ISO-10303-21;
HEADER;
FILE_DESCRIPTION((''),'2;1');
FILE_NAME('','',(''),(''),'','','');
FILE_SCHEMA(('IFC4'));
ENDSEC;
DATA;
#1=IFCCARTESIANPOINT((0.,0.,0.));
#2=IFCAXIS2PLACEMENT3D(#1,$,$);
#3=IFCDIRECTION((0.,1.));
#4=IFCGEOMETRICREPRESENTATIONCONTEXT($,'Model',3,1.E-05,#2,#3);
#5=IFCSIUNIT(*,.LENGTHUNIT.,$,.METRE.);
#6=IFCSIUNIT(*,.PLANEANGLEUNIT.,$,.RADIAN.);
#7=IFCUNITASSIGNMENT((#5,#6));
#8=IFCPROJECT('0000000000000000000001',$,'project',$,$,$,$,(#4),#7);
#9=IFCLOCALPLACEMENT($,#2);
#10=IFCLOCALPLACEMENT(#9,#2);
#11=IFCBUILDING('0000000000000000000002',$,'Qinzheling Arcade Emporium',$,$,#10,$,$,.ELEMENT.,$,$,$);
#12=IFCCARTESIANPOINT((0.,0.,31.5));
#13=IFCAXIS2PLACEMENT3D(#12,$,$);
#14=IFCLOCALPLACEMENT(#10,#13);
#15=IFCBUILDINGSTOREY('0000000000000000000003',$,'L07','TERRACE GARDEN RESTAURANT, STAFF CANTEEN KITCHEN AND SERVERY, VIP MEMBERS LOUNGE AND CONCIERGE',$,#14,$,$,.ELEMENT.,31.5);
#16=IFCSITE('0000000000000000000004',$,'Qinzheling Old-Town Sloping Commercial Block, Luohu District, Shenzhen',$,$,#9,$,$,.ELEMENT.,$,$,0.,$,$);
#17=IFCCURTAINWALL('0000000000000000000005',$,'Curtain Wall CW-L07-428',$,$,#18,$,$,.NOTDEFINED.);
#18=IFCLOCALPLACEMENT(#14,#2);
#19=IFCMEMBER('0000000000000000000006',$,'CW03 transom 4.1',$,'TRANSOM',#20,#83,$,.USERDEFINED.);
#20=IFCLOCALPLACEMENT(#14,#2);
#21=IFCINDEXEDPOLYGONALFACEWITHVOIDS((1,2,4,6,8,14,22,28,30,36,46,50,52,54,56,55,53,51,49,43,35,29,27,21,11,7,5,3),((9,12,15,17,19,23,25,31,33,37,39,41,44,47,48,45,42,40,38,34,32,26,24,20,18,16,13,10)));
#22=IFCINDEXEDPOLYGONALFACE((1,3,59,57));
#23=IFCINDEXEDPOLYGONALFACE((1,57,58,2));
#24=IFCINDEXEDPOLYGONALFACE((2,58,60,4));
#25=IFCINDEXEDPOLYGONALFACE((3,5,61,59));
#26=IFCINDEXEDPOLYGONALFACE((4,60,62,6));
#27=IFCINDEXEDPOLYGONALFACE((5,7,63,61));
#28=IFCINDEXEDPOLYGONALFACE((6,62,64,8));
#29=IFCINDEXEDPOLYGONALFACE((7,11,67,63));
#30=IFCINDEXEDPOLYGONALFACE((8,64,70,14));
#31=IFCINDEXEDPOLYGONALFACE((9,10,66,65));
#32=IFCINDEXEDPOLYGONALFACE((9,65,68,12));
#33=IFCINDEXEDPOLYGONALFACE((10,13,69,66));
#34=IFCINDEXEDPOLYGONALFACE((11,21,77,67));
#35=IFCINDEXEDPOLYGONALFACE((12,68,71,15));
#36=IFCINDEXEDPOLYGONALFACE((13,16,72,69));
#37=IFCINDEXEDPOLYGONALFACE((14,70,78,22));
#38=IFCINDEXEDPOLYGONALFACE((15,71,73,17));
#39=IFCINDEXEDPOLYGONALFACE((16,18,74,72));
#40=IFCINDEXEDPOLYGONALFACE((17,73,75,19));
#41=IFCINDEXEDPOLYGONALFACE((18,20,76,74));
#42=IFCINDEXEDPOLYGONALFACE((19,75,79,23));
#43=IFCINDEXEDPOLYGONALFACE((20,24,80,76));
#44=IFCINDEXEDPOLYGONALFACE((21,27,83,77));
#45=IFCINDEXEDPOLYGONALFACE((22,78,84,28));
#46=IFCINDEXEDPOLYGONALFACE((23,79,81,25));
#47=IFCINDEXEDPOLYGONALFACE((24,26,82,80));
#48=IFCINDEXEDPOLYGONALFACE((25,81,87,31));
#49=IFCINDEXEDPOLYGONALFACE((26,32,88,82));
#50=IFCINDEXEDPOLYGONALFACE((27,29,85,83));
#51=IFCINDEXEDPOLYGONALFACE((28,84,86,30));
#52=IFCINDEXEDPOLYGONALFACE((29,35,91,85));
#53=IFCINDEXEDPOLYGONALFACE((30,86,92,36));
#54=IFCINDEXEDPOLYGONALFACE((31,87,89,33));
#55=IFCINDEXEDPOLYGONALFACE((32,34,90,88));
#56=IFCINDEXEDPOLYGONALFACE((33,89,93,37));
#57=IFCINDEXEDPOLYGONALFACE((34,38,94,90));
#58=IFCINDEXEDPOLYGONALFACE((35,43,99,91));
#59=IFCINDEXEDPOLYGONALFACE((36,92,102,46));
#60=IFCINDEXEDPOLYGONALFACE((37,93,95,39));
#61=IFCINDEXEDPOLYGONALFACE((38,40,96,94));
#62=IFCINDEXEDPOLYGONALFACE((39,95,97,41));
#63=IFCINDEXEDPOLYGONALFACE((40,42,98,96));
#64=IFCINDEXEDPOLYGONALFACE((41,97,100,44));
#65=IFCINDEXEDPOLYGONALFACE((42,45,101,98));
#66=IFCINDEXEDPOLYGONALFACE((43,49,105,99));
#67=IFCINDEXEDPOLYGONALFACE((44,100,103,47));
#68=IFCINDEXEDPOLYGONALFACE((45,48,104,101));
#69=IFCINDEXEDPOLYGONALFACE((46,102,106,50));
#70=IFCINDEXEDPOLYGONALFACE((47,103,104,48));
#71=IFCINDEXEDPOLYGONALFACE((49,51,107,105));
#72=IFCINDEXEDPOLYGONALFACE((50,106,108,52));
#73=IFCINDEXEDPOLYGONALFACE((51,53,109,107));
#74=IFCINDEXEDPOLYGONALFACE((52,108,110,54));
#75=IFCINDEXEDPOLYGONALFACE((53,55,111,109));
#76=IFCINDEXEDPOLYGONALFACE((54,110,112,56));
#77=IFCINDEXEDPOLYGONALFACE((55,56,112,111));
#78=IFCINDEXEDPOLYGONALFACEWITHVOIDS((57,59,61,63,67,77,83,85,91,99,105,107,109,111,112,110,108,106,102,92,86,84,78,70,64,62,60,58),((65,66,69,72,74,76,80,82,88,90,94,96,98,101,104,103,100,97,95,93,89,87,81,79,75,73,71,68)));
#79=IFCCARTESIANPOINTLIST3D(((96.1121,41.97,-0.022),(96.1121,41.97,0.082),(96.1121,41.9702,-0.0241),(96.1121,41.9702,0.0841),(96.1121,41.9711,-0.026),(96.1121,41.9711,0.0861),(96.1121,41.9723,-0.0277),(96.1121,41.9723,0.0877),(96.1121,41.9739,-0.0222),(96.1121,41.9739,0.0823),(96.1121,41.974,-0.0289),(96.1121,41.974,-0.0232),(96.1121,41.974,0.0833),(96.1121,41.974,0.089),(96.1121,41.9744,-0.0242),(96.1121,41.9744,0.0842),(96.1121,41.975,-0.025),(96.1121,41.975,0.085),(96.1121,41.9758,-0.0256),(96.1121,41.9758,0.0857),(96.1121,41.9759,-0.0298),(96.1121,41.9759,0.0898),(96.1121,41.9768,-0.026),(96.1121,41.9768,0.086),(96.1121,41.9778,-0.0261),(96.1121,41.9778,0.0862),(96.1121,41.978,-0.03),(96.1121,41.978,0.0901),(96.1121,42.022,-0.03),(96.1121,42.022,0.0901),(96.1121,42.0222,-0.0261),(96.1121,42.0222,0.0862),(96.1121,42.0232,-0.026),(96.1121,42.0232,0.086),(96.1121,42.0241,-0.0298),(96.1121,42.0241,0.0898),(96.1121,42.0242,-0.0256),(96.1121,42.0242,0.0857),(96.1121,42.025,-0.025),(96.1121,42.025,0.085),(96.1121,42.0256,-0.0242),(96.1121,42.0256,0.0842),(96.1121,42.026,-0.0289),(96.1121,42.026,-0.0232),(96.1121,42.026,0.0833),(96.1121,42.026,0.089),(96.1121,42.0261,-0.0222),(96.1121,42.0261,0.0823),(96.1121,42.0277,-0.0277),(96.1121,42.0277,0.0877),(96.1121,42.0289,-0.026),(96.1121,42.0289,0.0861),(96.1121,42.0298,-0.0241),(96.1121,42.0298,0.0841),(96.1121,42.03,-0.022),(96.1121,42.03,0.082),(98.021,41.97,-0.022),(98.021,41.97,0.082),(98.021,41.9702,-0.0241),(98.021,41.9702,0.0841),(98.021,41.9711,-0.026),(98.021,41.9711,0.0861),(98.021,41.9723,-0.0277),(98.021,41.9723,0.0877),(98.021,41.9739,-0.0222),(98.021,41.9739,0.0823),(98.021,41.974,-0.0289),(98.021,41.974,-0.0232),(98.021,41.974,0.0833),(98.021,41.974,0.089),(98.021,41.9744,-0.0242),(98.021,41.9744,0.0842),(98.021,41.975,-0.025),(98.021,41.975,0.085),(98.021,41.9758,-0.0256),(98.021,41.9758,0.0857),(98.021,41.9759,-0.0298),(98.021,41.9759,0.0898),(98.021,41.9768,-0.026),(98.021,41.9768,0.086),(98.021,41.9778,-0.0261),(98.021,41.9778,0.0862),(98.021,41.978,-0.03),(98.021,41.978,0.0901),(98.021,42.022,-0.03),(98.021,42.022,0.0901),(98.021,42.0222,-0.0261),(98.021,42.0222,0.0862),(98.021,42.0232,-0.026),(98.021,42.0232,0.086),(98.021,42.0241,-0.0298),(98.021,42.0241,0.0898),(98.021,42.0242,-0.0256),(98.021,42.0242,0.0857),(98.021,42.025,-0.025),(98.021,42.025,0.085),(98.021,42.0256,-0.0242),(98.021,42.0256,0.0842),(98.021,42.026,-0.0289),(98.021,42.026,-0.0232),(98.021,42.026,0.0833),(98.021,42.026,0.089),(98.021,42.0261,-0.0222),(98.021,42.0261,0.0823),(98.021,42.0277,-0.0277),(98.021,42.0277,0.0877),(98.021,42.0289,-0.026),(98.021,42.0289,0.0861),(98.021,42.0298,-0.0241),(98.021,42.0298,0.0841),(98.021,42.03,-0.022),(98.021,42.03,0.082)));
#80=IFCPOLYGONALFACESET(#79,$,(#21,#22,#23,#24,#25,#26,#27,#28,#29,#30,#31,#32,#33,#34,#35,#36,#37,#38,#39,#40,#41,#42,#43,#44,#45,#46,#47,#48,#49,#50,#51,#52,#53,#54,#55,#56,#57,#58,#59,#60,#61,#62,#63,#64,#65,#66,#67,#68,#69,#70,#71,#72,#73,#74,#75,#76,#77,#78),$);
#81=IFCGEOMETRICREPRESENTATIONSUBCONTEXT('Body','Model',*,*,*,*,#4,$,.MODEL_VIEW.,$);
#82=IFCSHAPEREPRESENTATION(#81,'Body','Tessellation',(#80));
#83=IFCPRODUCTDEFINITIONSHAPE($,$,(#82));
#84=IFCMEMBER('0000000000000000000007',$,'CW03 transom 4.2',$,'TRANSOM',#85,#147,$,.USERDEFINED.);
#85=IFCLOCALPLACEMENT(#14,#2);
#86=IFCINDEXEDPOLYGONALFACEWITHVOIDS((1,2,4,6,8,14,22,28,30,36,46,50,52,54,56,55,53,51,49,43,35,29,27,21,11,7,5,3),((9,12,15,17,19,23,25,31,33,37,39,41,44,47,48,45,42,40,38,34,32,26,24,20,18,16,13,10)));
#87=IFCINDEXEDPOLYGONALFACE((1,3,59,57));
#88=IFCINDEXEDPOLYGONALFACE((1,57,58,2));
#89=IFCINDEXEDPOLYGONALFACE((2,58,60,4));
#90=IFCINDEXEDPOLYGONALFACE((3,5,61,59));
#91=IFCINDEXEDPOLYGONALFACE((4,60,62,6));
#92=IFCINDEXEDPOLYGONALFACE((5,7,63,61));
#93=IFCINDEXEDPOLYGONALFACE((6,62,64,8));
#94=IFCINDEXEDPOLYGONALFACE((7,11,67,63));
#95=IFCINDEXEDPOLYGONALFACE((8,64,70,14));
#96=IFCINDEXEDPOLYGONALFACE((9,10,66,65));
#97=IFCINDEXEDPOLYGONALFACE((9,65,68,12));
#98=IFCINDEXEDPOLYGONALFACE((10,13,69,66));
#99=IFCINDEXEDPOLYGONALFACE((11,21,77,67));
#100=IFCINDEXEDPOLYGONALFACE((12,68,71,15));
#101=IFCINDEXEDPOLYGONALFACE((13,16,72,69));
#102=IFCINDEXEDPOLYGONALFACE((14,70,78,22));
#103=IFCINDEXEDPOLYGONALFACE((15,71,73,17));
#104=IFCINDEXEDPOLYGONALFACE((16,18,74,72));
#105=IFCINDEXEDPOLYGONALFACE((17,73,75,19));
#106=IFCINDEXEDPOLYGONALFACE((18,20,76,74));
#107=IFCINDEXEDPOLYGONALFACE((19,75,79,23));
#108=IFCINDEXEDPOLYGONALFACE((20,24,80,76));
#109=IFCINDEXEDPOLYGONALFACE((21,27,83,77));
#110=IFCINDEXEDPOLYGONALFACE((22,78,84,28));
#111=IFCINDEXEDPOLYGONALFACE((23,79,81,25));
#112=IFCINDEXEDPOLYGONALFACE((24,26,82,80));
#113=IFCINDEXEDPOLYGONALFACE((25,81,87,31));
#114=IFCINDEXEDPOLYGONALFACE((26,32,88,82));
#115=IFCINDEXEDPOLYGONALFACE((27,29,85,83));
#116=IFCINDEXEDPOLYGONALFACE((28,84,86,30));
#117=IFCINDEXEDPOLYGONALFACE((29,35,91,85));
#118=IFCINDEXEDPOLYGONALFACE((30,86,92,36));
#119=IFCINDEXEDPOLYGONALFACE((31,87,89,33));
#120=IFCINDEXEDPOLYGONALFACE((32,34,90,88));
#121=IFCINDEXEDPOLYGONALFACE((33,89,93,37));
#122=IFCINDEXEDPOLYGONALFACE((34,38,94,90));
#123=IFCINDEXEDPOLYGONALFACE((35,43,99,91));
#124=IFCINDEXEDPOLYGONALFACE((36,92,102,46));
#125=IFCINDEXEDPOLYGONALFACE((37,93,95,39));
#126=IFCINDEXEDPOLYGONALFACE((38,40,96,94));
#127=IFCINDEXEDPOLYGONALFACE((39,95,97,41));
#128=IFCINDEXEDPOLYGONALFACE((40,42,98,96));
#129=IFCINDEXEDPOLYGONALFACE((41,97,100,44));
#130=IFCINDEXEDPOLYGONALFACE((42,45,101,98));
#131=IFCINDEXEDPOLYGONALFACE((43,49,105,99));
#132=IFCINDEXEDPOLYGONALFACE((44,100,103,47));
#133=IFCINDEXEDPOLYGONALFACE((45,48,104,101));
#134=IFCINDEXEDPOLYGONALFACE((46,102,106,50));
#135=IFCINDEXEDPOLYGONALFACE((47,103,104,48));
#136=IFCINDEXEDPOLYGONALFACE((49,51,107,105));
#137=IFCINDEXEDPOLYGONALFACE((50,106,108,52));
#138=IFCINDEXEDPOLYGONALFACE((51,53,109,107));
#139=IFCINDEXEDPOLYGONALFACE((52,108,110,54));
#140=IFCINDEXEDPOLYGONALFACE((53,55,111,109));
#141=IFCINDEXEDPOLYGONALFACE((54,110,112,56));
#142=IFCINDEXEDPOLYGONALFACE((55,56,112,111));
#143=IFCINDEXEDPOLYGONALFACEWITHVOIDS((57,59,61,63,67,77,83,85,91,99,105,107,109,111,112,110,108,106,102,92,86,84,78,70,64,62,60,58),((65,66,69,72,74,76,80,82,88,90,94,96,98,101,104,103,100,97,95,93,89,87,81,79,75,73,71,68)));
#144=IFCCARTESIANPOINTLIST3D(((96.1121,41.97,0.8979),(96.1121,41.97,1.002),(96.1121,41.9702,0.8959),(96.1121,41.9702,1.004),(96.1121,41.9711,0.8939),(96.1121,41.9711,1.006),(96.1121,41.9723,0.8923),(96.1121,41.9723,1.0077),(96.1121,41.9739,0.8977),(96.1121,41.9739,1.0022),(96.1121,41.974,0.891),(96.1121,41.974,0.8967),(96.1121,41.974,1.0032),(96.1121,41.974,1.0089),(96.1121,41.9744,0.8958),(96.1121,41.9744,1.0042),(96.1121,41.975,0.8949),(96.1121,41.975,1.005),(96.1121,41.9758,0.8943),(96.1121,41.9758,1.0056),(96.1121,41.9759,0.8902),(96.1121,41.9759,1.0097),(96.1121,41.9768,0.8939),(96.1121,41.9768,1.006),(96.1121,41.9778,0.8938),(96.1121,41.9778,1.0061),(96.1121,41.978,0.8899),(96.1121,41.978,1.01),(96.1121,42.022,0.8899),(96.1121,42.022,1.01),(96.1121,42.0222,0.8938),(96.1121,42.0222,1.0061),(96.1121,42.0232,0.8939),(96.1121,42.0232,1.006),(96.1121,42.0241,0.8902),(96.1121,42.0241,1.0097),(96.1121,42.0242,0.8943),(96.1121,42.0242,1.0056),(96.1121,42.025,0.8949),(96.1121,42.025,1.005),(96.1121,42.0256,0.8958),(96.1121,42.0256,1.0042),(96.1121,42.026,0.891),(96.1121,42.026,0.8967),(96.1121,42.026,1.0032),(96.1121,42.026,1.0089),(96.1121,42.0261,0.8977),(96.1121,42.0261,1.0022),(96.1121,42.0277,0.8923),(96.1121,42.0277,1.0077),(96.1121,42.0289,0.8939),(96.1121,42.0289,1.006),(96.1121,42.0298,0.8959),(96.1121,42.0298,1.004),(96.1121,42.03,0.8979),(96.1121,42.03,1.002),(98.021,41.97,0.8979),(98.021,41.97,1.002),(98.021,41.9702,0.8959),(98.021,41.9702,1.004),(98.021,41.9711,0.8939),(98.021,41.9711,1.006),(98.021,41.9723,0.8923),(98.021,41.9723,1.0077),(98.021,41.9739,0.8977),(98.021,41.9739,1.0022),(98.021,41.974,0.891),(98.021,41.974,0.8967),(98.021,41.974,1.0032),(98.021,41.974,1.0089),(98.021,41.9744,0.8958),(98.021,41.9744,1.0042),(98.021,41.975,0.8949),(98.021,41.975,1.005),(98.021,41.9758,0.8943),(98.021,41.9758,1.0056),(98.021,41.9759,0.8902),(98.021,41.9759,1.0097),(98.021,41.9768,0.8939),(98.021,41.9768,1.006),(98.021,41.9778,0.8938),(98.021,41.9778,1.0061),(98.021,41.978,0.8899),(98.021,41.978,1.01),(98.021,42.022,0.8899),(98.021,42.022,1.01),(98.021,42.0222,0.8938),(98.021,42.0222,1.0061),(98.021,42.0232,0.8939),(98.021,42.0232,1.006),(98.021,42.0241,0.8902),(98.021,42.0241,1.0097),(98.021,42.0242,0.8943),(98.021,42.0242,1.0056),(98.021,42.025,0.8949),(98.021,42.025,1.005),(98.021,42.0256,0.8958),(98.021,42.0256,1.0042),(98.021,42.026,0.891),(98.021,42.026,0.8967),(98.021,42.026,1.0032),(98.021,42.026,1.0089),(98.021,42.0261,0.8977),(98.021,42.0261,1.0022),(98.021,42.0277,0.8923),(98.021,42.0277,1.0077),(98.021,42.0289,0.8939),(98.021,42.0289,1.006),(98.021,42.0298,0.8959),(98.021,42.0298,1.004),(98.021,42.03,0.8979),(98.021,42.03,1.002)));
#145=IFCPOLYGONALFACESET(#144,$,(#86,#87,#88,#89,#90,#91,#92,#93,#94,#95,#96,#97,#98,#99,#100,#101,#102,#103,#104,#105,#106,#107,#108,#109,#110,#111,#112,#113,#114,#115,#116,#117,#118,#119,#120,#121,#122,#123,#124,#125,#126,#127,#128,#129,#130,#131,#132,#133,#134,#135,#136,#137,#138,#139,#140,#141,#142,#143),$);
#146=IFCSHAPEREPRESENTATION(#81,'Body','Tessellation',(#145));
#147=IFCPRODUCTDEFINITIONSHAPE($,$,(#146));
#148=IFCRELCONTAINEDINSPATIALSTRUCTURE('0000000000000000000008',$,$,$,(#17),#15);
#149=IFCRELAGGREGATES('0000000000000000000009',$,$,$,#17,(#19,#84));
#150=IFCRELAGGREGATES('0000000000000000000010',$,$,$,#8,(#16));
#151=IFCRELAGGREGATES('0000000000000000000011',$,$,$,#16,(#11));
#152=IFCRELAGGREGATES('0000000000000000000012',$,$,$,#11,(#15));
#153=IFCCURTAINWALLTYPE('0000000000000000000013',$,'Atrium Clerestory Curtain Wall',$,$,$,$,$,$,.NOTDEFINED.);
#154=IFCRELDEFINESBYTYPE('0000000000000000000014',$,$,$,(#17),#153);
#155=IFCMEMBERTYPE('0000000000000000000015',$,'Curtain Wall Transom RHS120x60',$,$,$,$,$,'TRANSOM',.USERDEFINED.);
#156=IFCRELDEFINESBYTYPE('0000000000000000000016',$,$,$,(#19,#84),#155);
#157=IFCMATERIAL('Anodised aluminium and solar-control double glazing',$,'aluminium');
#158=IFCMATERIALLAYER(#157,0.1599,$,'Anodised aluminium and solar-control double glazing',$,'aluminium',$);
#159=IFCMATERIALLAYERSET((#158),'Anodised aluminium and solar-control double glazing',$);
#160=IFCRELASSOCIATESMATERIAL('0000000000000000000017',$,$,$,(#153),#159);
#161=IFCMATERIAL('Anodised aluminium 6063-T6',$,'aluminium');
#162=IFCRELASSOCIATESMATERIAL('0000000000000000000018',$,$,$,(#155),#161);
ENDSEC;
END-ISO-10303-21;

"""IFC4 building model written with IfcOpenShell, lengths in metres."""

from ifc_helpers import new_model, si_unit, direction, frame, origin, origin_2d, place, context, subcontext, project, spatial, hollow_rectangle, extrude, material, layer, layer_set, material_profile, profile_set, type_object, element, aggregate, save


model = new_model("IFC4")

# Units and contexts
model_context = context("Model", 3, precision=1e-05, world=origin(), true_north=direction((0.0, 1.0)))
body_context = subcontext(model_context, "Body", "Model", "MODEL_VIEW")
ifc_project = project(units=[si_unit("LENGTHUNIT", "METRE"), si_unit("PLANEANGLEUNIT", "RADIAN")], contexts=[model_context])

# Site, building, storey
site_placement = place(None, origin())
site = spatial("IfcSite", under=ifc_project, at=site_placement, Name="Qinzheling Old-Town Sloping Commercial Block, Luohu District, Shenzhen", CompositionType="ELEMENT", RefElevation=0.0)
building_placement = place(site_placement, origin())
building = spatial("IfcBuilding", under=site, at=building_placement, Name="Qinzheling Arcade Emporium", CompositionType="ELEMENT")
storey_placement = place(building_placement, frame((0.0, 0.0, 31.5)))
storey = spatial("IfcBuildingStorey", under=building, at=storey_placement, Name="L07", Description="TERRACE GARDEN RESTAURANT, STAFF CANTEEN KITCHEN AND SERVERY, VIP MEMBERS LOUNGE AND CONCIERGE", CompositionType="ELEMENT", Elevation=31.5)

# Curtain wall
ifc_material_1 = material(Name="Anodised aluminium and solar-control double glazing", Category="aluminium")
ifc_layer_1 = layer(ifc_material_1, 0.1599, Name="Anodised aluminium and solar-control double glazing", Category="aluminium")
ifc_layer_set_1 = layer_set([ifc_layer_1], Name="Anodised aluminium and solar-control double glazing")
curtain_wall_type = type_object("IfcCurtainWallType", Name="Atrium Clerestory Curtain Wall", PredefinedType="NOTDEFINED", material=ifc_layer_set_1)
curtain_wall_1_placement = place(storey_placement, origin())
curtain_wall_1 = element("IfcCurtainWall", 1, at=curtain_wall_1_placement, inside=storey, type_object=curtain_wall_type, Name="Curtain Wall CW-L07-428", PredefinedType="NOTDEFINED")
ifc_material_2 = material(Name="Anodised aluminium 6063-T6", Category="aluminium")

# Members
ifc_material_profile_1 = material_profile(ifc_material_2, hollow_rectangle(XDim=0.0601, YDim=0.1201, WallThickness=0.0039, InnerFilletRadius=0.0039, OuterFilletRadius=0.0081, at=origin_2d()), Name="RHS 120x60x4", Category="aluminium")
ifc_profile_set_1 = profile_set([ifc_material_profile_1], Name="Anodised aluminium 6063-T6")
member_type_1 = type_object("IfcMemberType", Name="Curtain Wall Transom RHS120x60", ElementType="TRANSOM", PredefinedType="USERDEFINED", material=ifc_profile_set_1)
member_1_placement = place(storey_placement, frame((98.021, 42.0, 0.03), z_axis=(-1.0, 0.0, 0.0), x_axis=(0.0, -1.0, 0.0)))
member_1 = element("IfcMember", 2, at=member_1_placement, type_object=member_type_1, Name="CW03 transom 4.1", ObjectType="TRANSOM", PredefinedType="USERDEFINED", context=body_context, shape_type="SweptSolid", body=[
    extrude(hollow_rectangle(XDim=0.0601, YDim=0.1201, WallThickness=0.0039, InnerFilletRadius=0.0039, OuterFilletRadius=0.0081, at=origin_2d()), origin(), (0.0, 0.0, 1.0), 1.9089),
])
member_2_placement = place(storey_placement, frame((98.021, 42.0, 0.95), z_axis=(-1.0, 0.0, 0.0), x_axis=(0.0, -1.0, 0.0)))
member_2 = element("IfcMember", 3, at=member_2_placement, type_object=member_type_1, Name="CW03 transom 4.2", ObjectType="TRANSOM", PredefinedType="USERDEFINED", context=body_context, shape_type="SweptSolid", body=[
    extrude(hollow_rectangle(XDim=0.0601, YDim=0.1201, WallThickness=0.0039, InnerFilletRadius=0.0039, OuterFilletRadius=0.0081, at=origin_2d()), origin(), (0.0, 0.0, 1.0), 1.9089),
])

aggregate(curtain_wall_1, [member_1, member_2])

save(model, "model.ifc")
